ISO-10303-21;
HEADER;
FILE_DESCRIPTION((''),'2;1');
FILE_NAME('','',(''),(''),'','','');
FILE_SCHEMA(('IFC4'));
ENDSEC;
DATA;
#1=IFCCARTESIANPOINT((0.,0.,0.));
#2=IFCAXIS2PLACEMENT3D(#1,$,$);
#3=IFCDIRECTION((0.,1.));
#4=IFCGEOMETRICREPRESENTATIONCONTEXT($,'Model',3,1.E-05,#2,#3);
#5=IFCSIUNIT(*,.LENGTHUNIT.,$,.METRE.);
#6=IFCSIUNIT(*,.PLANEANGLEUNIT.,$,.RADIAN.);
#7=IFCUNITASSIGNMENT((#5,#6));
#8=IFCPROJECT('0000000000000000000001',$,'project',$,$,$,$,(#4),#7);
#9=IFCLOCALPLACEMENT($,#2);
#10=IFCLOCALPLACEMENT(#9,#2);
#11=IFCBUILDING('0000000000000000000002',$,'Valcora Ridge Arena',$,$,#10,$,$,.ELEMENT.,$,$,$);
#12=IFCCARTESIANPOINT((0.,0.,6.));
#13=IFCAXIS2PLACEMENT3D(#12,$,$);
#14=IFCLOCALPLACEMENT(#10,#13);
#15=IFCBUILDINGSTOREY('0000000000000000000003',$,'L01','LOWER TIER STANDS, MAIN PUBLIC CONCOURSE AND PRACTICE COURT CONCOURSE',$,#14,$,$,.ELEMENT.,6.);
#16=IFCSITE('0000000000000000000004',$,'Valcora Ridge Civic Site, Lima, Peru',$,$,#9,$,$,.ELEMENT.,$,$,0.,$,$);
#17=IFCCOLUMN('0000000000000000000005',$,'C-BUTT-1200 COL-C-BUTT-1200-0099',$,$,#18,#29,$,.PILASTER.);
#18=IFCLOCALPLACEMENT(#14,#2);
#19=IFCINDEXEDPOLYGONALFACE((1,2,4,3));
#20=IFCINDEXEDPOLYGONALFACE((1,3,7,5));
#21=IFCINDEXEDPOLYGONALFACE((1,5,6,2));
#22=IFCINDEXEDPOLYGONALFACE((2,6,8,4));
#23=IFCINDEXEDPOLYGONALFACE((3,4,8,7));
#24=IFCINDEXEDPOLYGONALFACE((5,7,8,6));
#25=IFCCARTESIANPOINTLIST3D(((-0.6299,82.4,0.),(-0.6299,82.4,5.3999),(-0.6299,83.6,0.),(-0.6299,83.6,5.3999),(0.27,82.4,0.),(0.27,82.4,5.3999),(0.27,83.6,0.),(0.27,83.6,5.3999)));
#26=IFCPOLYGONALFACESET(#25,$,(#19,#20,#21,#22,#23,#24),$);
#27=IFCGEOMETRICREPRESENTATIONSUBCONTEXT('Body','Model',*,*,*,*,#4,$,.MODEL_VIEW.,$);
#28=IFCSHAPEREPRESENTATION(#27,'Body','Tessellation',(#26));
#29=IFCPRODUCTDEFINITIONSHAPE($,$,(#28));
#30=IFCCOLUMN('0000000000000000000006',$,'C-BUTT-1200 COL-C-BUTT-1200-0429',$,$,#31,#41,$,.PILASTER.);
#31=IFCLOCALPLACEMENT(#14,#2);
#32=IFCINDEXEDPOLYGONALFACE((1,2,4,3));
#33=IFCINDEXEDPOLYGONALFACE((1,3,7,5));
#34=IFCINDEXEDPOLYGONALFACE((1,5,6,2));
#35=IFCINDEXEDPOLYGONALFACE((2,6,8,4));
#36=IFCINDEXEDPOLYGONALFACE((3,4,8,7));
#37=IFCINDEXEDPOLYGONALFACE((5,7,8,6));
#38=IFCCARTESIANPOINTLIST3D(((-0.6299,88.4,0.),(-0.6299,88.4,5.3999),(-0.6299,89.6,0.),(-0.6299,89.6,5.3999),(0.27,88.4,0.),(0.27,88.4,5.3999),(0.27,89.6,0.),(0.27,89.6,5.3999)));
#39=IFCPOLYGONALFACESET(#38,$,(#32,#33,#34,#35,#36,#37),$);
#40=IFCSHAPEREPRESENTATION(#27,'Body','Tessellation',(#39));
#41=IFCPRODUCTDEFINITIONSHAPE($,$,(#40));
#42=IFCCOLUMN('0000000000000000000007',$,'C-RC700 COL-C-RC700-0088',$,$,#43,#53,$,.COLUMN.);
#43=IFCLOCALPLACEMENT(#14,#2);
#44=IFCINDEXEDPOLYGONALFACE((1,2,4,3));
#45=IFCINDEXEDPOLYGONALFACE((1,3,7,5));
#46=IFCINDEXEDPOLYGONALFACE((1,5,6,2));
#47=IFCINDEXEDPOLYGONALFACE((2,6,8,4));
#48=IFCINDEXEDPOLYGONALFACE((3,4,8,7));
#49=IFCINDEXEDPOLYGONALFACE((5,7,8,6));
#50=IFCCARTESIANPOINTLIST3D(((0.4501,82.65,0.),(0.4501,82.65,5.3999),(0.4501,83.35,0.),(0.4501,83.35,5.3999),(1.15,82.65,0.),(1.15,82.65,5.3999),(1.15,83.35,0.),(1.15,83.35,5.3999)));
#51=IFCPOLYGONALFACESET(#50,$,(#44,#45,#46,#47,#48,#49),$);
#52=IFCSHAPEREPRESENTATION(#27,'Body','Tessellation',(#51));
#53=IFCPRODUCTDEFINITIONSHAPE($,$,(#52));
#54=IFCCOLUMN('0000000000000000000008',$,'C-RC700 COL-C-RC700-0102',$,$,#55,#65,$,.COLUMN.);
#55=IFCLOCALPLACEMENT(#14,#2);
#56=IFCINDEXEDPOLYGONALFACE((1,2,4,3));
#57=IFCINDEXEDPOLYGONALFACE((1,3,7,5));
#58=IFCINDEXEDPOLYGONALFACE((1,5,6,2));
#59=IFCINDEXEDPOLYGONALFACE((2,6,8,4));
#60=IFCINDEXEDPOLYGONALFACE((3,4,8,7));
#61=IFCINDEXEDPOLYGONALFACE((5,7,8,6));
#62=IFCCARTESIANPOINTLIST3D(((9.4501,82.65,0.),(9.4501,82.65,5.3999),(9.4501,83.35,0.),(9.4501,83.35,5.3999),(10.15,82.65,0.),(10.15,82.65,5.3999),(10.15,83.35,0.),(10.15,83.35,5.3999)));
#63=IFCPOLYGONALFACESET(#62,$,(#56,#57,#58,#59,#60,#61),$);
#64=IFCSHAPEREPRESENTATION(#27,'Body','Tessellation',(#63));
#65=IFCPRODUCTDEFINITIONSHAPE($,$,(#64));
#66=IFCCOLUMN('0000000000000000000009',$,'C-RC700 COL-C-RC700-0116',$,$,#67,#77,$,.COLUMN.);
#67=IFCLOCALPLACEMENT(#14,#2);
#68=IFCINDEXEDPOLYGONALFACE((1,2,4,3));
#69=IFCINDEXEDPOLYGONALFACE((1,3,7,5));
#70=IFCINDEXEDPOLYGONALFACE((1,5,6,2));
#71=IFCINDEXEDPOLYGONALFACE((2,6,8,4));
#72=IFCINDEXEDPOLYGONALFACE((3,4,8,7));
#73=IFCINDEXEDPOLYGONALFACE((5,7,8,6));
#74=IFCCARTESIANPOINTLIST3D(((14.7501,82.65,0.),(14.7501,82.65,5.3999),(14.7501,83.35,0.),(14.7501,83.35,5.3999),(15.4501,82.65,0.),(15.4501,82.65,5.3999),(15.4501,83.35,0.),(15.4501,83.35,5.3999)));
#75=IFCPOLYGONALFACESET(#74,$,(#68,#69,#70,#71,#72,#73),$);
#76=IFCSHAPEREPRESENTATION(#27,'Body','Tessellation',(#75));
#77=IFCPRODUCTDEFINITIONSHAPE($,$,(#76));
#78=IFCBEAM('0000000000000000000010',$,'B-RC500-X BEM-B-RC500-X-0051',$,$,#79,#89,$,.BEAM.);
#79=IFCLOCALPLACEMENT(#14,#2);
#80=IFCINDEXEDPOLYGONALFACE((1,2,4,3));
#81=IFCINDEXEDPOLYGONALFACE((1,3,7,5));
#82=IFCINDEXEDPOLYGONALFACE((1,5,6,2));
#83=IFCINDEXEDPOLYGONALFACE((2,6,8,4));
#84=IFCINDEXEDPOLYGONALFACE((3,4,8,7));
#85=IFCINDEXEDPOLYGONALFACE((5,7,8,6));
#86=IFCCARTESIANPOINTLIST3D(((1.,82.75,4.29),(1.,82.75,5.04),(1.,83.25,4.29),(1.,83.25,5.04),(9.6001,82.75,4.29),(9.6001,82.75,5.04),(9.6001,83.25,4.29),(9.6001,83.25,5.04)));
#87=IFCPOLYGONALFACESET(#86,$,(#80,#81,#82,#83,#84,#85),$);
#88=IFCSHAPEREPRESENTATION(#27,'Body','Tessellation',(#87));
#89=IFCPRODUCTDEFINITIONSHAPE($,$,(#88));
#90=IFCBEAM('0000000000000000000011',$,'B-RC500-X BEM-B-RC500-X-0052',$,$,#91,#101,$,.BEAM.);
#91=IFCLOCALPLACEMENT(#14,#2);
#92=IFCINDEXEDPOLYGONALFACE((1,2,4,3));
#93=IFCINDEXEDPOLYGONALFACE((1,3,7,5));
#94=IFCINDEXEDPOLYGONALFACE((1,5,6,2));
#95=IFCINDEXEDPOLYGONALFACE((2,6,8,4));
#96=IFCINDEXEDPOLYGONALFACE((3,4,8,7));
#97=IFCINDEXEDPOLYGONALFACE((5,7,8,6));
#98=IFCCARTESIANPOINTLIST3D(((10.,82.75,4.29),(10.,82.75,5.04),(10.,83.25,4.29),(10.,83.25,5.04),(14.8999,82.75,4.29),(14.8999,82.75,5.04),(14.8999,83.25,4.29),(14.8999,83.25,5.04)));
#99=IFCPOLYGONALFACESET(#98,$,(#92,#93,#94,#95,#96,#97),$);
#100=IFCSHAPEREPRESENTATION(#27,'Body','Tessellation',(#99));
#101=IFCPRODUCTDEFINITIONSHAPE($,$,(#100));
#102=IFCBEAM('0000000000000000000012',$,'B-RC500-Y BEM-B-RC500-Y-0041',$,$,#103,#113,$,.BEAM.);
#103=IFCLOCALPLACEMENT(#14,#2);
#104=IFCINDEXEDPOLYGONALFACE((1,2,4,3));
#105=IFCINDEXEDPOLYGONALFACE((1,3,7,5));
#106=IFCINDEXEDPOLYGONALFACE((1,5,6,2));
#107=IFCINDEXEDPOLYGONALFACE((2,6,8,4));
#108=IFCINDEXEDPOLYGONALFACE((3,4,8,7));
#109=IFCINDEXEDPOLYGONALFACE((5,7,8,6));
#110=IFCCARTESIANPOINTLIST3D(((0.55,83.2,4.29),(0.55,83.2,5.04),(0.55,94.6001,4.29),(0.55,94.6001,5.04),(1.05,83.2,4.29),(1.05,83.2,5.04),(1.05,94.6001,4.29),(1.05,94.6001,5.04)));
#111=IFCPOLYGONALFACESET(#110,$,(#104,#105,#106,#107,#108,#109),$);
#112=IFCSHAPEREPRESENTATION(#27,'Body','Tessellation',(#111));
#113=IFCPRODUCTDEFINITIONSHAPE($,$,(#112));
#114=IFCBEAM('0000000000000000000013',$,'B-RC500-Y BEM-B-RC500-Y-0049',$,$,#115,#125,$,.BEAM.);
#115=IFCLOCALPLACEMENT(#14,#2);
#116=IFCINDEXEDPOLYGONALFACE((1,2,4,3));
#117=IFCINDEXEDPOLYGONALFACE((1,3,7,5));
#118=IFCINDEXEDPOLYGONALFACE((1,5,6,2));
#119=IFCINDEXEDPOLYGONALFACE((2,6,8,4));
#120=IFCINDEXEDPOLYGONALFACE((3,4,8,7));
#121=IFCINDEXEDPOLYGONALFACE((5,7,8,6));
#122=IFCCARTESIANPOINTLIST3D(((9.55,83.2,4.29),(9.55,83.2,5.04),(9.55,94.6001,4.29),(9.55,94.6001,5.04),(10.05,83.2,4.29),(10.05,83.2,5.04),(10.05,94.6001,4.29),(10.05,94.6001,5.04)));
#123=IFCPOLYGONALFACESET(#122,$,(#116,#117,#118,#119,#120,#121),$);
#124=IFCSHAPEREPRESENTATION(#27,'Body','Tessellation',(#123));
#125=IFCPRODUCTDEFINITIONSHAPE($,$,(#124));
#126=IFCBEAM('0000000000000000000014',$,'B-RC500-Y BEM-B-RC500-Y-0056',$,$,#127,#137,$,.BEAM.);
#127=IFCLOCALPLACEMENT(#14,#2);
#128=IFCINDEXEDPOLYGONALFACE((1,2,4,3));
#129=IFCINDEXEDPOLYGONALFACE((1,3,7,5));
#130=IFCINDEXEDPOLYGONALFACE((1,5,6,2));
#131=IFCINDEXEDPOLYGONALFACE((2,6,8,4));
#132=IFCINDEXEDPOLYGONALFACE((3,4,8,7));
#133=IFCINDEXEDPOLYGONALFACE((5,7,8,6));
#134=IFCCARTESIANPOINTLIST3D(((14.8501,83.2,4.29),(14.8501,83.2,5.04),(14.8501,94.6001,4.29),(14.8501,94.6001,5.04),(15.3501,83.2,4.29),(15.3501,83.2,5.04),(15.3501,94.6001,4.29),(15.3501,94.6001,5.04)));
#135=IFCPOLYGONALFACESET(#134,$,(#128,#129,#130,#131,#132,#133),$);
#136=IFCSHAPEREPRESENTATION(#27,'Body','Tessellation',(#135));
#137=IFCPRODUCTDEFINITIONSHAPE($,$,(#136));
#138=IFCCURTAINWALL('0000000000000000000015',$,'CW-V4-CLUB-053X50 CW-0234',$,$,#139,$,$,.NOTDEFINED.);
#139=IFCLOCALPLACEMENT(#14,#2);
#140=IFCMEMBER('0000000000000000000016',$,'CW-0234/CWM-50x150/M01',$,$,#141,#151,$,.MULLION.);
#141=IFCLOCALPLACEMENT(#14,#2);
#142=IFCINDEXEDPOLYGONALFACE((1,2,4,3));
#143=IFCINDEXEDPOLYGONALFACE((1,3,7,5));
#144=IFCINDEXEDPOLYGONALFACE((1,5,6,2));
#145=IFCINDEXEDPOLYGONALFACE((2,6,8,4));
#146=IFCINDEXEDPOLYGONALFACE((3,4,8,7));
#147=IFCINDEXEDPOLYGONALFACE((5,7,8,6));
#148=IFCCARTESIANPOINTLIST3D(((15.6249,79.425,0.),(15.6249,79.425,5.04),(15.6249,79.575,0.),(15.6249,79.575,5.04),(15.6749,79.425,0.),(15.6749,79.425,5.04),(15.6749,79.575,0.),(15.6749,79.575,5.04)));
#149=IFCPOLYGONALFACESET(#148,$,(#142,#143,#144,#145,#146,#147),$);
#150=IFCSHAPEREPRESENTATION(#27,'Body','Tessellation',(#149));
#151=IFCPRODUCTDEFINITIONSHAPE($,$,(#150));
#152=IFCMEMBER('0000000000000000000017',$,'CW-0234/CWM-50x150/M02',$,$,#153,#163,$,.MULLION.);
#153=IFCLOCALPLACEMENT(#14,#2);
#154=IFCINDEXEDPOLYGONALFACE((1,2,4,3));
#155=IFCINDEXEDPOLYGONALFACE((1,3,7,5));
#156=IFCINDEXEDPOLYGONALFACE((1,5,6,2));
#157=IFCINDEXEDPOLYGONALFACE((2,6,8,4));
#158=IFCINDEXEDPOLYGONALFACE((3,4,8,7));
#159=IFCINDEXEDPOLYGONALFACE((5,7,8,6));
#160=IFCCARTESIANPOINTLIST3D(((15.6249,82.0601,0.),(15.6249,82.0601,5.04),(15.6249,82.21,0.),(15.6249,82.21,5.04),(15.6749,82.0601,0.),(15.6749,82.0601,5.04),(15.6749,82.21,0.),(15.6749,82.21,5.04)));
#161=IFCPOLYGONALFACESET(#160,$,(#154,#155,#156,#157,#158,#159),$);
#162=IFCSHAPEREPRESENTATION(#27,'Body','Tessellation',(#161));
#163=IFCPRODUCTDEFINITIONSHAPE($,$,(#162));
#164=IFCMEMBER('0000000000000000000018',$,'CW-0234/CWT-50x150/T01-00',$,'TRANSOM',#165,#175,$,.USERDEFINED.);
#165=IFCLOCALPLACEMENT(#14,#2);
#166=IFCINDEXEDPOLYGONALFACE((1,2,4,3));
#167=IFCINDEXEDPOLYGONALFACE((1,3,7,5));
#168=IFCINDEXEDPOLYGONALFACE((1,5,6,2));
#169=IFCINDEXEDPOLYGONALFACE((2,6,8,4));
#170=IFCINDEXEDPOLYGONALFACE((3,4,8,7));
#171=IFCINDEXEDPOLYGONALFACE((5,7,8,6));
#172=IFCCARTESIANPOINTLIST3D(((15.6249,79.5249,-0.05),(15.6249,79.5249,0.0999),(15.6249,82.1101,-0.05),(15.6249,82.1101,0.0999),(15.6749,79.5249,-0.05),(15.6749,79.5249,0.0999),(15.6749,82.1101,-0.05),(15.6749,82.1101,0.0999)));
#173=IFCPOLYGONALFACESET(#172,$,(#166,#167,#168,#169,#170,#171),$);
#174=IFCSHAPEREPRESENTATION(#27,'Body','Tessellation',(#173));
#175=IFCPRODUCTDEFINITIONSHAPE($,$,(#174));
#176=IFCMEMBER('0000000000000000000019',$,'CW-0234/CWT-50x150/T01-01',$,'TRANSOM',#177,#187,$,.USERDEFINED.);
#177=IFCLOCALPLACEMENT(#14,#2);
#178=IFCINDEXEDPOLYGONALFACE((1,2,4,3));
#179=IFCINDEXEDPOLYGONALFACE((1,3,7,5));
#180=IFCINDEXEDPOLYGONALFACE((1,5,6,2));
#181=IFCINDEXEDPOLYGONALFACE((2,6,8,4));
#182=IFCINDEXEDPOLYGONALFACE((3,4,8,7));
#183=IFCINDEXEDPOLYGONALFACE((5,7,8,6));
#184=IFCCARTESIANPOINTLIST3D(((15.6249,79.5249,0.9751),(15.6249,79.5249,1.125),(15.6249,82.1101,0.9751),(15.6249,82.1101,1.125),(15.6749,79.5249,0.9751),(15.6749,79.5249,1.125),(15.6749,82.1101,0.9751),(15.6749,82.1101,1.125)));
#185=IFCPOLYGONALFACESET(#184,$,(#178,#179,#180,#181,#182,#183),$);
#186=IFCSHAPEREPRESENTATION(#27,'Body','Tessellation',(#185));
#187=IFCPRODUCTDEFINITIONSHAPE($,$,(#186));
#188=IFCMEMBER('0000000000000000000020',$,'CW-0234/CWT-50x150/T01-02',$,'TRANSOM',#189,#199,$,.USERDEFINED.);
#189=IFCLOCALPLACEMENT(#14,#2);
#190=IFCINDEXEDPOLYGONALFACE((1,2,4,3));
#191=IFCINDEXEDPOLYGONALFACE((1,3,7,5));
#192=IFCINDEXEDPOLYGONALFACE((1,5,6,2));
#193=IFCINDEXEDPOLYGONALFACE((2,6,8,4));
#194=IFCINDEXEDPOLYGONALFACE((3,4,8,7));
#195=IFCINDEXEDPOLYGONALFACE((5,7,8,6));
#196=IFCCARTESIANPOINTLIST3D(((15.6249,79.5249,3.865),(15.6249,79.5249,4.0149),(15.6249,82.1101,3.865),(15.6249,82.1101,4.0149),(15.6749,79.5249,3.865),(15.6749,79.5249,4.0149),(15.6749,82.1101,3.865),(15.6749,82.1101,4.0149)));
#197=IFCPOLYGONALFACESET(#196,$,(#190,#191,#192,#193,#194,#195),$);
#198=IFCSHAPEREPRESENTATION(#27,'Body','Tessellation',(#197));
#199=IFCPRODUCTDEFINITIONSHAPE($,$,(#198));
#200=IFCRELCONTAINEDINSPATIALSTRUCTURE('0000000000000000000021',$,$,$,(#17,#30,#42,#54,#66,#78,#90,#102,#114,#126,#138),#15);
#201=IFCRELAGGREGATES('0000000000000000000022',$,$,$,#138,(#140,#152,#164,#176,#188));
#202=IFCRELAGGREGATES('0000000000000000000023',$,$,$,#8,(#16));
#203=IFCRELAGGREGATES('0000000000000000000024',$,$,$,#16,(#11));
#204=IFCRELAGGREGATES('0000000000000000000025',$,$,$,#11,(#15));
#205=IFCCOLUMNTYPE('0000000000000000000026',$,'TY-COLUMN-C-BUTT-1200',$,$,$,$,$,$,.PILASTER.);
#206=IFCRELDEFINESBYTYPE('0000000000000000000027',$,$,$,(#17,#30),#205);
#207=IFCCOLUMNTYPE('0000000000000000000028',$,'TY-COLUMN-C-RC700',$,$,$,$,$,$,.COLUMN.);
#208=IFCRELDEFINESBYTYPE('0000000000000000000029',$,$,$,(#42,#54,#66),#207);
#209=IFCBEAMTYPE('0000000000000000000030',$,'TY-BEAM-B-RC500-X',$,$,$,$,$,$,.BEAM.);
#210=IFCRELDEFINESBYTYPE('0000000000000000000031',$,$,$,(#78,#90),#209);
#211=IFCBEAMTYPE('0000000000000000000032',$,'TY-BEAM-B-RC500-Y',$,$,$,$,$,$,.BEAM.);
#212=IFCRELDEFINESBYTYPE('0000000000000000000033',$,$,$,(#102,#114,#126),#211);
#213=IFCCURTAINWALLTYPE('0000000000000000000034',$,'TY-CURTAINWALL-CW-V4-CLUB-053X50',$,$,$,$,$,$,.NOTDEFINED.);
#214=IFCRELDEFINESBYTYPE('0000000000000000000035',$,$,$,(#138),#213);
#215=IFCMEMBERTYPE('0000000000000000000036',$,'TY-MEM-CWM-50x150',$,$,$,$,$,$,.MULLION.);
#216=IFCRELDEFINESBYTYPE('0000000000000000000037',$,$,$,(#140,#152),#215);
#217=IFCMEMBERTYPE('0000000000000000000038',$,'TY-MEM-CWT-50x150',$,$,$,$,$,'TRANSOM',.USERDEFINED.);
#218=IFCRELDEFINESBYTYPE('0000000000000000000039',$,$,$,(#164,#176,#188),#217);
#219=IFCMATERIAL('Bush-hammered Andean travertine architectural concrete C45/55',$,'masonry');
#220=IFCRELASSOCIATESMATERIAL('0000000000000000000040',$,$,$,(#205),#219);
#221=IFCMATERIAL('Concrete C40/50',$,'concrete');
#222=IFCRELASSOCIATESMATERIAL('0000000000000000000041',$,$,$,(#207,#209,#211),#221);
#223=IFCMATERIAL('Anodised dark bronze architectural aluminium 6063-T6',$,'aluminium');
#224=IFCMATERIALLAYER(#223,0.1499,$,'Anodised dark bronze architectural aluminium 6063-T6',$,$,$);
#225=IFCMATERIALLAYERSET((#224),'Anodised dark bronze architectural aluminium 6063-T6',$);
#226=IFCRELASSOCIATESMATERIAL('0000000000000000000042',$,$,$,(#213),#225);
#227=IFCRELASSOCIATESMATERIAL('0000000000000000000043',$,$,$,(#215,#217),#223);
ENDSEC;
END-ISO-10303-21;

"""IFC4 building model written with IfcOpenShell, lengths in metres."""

from ifc_helpers import new_model, si_unit, direction, frame, origin, origin_2d, place, context, subcontext, project, spatial, rectangle, extrude, material, layer, layer_set, material_profile, profile_set, type_object, element, aggregate, save


model = new_model("IFC4")

# Units and contexts
model_context = context("Model", 3, precision=1e-05, world=origin(), true_north=direction((0.0, 1.0)))
body_context = subcontext(model_context, "Body", "Model", "MODEL_VIEW")
ifc_project = project(units=[si_unit("LENGTHUNIT", "METRE"), si_unit("PLANEANGLEUNIT", "RADIAN")], contexts=[model_context])

# Site, building, storey
site_placement = place(None, origin())
site = spatial("IfcSite", under=ifc_project, at=site_placement, Name="Valcora Ridge Civic Site, Lima, Peru", CompositionType="ELEMENT", RefElevation=0.0)
building_placement = place(site_placement, origin())
building = spatial("IfcBuilding", under=site, at=building_placement, Name="Valcora Ridge Arena", CompositionType="ELEMENT")
storey_placement = place(building_placement, frame((0.0, 0.0, 6.0)))
storey = spatial("IfcBuildingStorey", under=building, at=storey_placement, Name="L01", Description="LOWER TIER STANDS, MAIN PUBLIC CONCOURSE AND PRACTICE COURT CONCOURSE", CompositionType="ELEMENT", Elevation=6.0)

# Columns
ifc_material_1 = material(Name="Bush-hammered Andean travertine architectural concrete C45/55", Category="masonry")
ifc_material_profile_1 = material_profile(ifc_material_1, rectangle(XDim=0.8999, YDim=1.2, at=origin_2d()), Name="RC 900x1200")
ifc_profile_set_1 = profile_set([ifc_material_profile_1], Name="Bush-hammered Andean travertine architectural concrete C45/55")
column_type_1 = type_object("IfcColumnType", Name="TY-COLUMN-C-BUTT-1200", PredefinedType="PILASTER", material=ifc_profile_set_1)
for number, where, z_axis, x_axis, name in (
    (1, (-0.1799, 83.0, 0.0), (0.0, 0.0, 1.0), (1.0, 0.0, 0.0), "C-BUTT-1200 COL-C-BUTT-1200-0099"),
    (2, (-0.1799, 89.0, 0.0), (0.0, 0.0, 1.0), (1.0, 0.0, 0.0), "C-BUTT-1200 COL-C-BUTT-1200-0429"),
):
    element("IfcColumn", number, at=place(storey_placement, frame(where, z_axis=z_axis, x_axis=x_axis)), inside=storey, type_object=column_type_1, Name=name, PredefinedType="PILASTER", context=body_context, shape_type="SweptSolid", body=[
        extrude(rectangle(XDim=0.8999, YDim=1.2, at=origin_2d()), origin(), (0.0, 0.0, 1.0), 5.3999),
    ])
ifc_material_2 = material(Name="Concrete C40/50", Category="concrete")
ifc_material_profile_2 = material_profile(ifc_material_2, rectangle(XDim=0.7, YDim=0.7, at=origin_2d()), Name="RC 700x700")
ifc_profile_set_2 = profile_set([ifc_material_profile_2], Name="Concrete C40/50")
column_type_2 = type_object("IfcColumnType", Name="TY-COLUMN-C-RC700", PredefinedType="COLUMN", material=ifc_profile_set_2)
for number, where, z_axis, x_axis, name in (
    (3, (0.8, 83.0, 0.0), (0.0, 0.0, 1.0), (1.0, 0.0, 0.0), "C-RC700 COL-C-RC700-0088"),
    (4, (9.8, 83.0, 0.0), (0.0, 0.0, 1.0), (1.0, 0.0, 0.0), "C-RC700 COL-C-RC700-0102"),
    (5, (15.1001, 83.0, 0.0), (0.0, 0.0, 1.0), (1.0, 0.0, 0.0), "C-RC700 COL-C-RC700-0116"),
):
    element("IfcColumn", number, at=place(storey_placement, frame(where, z_axis=z_axis, x_axis=x_axis)), inside=storey, type_object=column_type_2, Name=name, PredefinedType="COLUMN", context=body_context, shape_type="SweptSolid", body=[
        extrude(rectangle(XDim=0.7, YDim=0.7, at=origin_2d()), origin(), (0.0, 0.0, 1.0), 5.3999),
    ])

# Beams
ifc_material_profile_3 = material_profile(ifc_material_2, rectangle(XDim=0.5, YDim=0.75, at=origin_2d()), Name="RC 500x750")
ifc_profile_set_3 = profile_set([ifc_material_profile_3], Name="Concrete C40/50")
beam_type_1 = type_object("IfcBeamType", Name="TY-BEAM-B-RC500-X", PredefinedType="BEAM", material=ifc_profile_set_3)
beam_1_placement = place(storey_placement, frame((1.0, 83.0, 4.665), z_axis=(1.0, 0.0, 0.0), x_axis=(0.0, 1.0, 0.0)))
element("IfcBeam", 6, at=beam_1_placement, inside=storey, type_object=beam_type_1, Name="B-RC500-X BEM-B-RC500-X-0051", PredefinedType="BEAM", context=body_context, shape_type="SweptSolid", body=[
    extrude(rectangle(XDim=0.5, YDim=0.75, at=origin_2d()), origin(), (0.0, 0.0, 1.0), 8.6001),
])
beam_2_placement = place(storey_placement, frame((10.0, 83.0, 4.665), z_axis=(1.0, 0.0, 0.0), x_axis=(0.0, 1.0, 0.0)))
element("IfcBeam", 7, at=beam_2_placement, inside=storey, type_object=beam_type_1, Name="B-RC500-X BEM-B-RC500-X-0052", PredefinedType="BEAM", context=body_context, shape_type="SweptSolid", body=[
    extrude(rectangle(XDim=0.5, YDim=0.75, at=origin_2d()), origin(), (0.0, 0.0, 1.0), 4.8999),
])
ifc_material_profile_4 = material_profile(ifc_material_2, rectangle(XDim=0.5, YDim=0.75, at=origin_2d()), Name="RC 500x750")
ifc_profile_set_4 = profile_set([ifc_material_profile_4], Name="Concrete C40/50")
beam_type_2 = type_object("IfcBeamType", Name="TY-BEAM-B-RC500-Y", PredefinedType="BEAM", material=ifc_profile_set_4)
for number, where, z_axis, x_axis, name in (
    (8, (0.8, 83.2, 4.665), (0.0, 1.0, 0.0), (-1.0, 0.0, 0.0), "B-RC500-Y BEM-B-RC500-Y-0041"),
    (9, (9.8, 83.2, 4.665), (0.0, 1.0, 0.0), (-1.0, 0.0, 0.0), "B-RC500-Y BEM-B-RC500-Y-0049"),
    (10, (15.1001, 83.2, 4.665), (0.0, 1.0, 0.0), (-1.0, 0.0, 0.0), "B-RC500-Y BEM-B-RC500-Y-0056"),
):
    element("IfcBeam", number, at=place(storey_placement, frame(where, z_axis=z_axis, x_axis=x_axis)), inside=storey, type_object=beam_type_2, Name=name, PredefinedType="BEAM", context=body_context, shape_type="SweptSolid", body=[
        extrude(rectangle(XDim=0.5, YDim=0.75, at=origin_2d()), origin(), (0.0, 0.0, 1.0), 11.4001),
    ])

# Curtain wall, members
ifc_material_3 = material(Name="Anodised dark bronze architectural aluminium 6063-T6", Category="aluminium")
ifc_layer_1 = layer(ifc_material_3, 0.1499, Name="Anodised dark bronze architectural aluminium 6063-T6")
ifc_layer_set_1 = layer_set([ifc_layer_1], Name="Anodised dark bronze architectural aluminium 6063-T6")
curtain_wall_type = type_object("IfcCurtainWallType", Name="TY-CURTAINWALL-CW-V4-CLUB-053X50", PredefinedType="NOTDEFINED", material=ifc_layer_set_1)
curtain_wall_placement = place(storey_placement, origin())
curtain_wall = element("IfcCurtainWall", 11, at=curtain_wall_placement, inside=storey, type_object=curtain_wall_type, Name="CW-V4-CLUB-053X50 CW-0234", PredefinedType="NOTDEFINED")
ifc_material_profile_5 = material_profile(ifc_material_3, rectangle(XDim=0.05, YDim=0.1499, at=origin_2d()), Name="ALU MULLION 50x150")
ifc_profile_set_5 = profile_set([ifc_material_profile_5], Name="Anodised dark bronze architectural aluminium 6063-T6")
member_type_1 = type_object("IfcMemberType", Name="TY-MEM-CWM-50x150", PredefinedType="MULLION", material=ifc_profile_set_5)
member_1_placement = place(storey_placement, frame((15.6499, 79.5, 0.0), z_axis=(0.0, 0.0, 1.0), x_axis=(-1.0, 0.0, 0.0)))
member_1 = element("IfcMember", 12, at=member_1_placement, type_object=member_type_1, Name="CW-0234/CWM-50x150/M01", PredefinedType="MULLION", context=body_context, shape_type="SweptSolid", body=[
    extrude(rectangle(XDim=0.05, YDim=0.1499, at=origin_2d()), origin(), (0.0, 0.0, 1.0), 5.04),
])
member_2_placement = place(storey_placement, frame((15.6499, 82.135, 0.0), z_axis=(0.0, 0.0, 1.0), x_axis=(-1.0, 0.0, 0.0)))
member_2 = element("IfcMember", 13, at=member_2_placement, type_object=member_type_1, Name="CW-0234/CWM-50x150/M02", PredefinedType="MULLION", context=body_context, shape_type="SweptSolid", body=[
    extrude(rectangle(XDim=0.05, YDim=0.1499, at=origin_2d()), origin(), (0.0, 0.0, 1.0), 5.04),
])
ifc_material_profile_6 = material_profile(ifc_material_3, rectangle(XDim=0.05, YDim=0.1499, at=origin_2d()), Name="ALU TRANSOM 50x150")
ifc_profile_set_6 = profile_set([ifc_material_profile_6], Name="Anodised dark bronze architectural aluminium 6063-T6")
member_type_2 = type_object("IfcMemberType", Name="TY-MEM-CWT-50x150", ElementType="TRANSOM", PredefinedType="USERDEFINED", material=ifc_profile_set_6)
member_3_placement = place(storey_placement, frame((15.6499, 79.5249, 0.0249), z_axis=(0.0, 1.0, 0.0), x_axis=(-1.0, 0.0, 0.0)))
member_3 = element("IfcMember", 14, at=member_3_placement, type_object=member_type_2, Name="CW-0234/CWT-50x150/T01-00", ObjectType="TRANSOM", PredefinedType="USERDEFINED", context=body_context, shape_type="SweptSolid", body=[
    extrude(rectangle(XDim=0.05, YDim=0.1499, at=origin_2d()), origin(), (0.0, 0.0, 1.0), 2.5852),
])
member_4_placement = place(storey_placement, frame((15.6499, 79.5249, 1.05), z_axis=(0.0, 1.0, 0.0), x_axis=(-1.0, 0.0, 0.0)))
member_4 = element("IfcMember", 15, at=member_4_placement, type_object=member_type_2, Name="CW-0234/CWT-50x150/T01-01", ObjectType="TRANSOM", PredefinedType="USERDEFINED", context=body_context, shape_type="SweptSolid", body=[
    extrude(rectangle(XDim=0.05, YDim=0.1499, at=origin_2d()), origin(), (0.0, 0.0, 1.0), 2.5852),
])
member_5_placement = place(storey_placement, frame((15.6499, 79.5249, 3.9399), z_axis=(0.0, 1.0, 0.0), x_axis=(-1.0, 0.0, 0.0)))
member_5 = element("IfcMember", 16, at=member_5_placement, type_object=member_type_2, Name="CW-0234/CWT-50x150/T01-02", ObjectType="TRANSOM", PredefinedType="USERDEFINED", context=body_context, shape_type="SweptSolid", body=[
    extrude(rectangle(XDim=0.05, YDim=0.1499, at=origin_2d()), origin(), (0.0, 0.0, 1.0), 2.5852),
])
aggregate(curtain_wall, [member_1, member_2, member_3, member_4, member_5])

save(model, "model.ifc")
